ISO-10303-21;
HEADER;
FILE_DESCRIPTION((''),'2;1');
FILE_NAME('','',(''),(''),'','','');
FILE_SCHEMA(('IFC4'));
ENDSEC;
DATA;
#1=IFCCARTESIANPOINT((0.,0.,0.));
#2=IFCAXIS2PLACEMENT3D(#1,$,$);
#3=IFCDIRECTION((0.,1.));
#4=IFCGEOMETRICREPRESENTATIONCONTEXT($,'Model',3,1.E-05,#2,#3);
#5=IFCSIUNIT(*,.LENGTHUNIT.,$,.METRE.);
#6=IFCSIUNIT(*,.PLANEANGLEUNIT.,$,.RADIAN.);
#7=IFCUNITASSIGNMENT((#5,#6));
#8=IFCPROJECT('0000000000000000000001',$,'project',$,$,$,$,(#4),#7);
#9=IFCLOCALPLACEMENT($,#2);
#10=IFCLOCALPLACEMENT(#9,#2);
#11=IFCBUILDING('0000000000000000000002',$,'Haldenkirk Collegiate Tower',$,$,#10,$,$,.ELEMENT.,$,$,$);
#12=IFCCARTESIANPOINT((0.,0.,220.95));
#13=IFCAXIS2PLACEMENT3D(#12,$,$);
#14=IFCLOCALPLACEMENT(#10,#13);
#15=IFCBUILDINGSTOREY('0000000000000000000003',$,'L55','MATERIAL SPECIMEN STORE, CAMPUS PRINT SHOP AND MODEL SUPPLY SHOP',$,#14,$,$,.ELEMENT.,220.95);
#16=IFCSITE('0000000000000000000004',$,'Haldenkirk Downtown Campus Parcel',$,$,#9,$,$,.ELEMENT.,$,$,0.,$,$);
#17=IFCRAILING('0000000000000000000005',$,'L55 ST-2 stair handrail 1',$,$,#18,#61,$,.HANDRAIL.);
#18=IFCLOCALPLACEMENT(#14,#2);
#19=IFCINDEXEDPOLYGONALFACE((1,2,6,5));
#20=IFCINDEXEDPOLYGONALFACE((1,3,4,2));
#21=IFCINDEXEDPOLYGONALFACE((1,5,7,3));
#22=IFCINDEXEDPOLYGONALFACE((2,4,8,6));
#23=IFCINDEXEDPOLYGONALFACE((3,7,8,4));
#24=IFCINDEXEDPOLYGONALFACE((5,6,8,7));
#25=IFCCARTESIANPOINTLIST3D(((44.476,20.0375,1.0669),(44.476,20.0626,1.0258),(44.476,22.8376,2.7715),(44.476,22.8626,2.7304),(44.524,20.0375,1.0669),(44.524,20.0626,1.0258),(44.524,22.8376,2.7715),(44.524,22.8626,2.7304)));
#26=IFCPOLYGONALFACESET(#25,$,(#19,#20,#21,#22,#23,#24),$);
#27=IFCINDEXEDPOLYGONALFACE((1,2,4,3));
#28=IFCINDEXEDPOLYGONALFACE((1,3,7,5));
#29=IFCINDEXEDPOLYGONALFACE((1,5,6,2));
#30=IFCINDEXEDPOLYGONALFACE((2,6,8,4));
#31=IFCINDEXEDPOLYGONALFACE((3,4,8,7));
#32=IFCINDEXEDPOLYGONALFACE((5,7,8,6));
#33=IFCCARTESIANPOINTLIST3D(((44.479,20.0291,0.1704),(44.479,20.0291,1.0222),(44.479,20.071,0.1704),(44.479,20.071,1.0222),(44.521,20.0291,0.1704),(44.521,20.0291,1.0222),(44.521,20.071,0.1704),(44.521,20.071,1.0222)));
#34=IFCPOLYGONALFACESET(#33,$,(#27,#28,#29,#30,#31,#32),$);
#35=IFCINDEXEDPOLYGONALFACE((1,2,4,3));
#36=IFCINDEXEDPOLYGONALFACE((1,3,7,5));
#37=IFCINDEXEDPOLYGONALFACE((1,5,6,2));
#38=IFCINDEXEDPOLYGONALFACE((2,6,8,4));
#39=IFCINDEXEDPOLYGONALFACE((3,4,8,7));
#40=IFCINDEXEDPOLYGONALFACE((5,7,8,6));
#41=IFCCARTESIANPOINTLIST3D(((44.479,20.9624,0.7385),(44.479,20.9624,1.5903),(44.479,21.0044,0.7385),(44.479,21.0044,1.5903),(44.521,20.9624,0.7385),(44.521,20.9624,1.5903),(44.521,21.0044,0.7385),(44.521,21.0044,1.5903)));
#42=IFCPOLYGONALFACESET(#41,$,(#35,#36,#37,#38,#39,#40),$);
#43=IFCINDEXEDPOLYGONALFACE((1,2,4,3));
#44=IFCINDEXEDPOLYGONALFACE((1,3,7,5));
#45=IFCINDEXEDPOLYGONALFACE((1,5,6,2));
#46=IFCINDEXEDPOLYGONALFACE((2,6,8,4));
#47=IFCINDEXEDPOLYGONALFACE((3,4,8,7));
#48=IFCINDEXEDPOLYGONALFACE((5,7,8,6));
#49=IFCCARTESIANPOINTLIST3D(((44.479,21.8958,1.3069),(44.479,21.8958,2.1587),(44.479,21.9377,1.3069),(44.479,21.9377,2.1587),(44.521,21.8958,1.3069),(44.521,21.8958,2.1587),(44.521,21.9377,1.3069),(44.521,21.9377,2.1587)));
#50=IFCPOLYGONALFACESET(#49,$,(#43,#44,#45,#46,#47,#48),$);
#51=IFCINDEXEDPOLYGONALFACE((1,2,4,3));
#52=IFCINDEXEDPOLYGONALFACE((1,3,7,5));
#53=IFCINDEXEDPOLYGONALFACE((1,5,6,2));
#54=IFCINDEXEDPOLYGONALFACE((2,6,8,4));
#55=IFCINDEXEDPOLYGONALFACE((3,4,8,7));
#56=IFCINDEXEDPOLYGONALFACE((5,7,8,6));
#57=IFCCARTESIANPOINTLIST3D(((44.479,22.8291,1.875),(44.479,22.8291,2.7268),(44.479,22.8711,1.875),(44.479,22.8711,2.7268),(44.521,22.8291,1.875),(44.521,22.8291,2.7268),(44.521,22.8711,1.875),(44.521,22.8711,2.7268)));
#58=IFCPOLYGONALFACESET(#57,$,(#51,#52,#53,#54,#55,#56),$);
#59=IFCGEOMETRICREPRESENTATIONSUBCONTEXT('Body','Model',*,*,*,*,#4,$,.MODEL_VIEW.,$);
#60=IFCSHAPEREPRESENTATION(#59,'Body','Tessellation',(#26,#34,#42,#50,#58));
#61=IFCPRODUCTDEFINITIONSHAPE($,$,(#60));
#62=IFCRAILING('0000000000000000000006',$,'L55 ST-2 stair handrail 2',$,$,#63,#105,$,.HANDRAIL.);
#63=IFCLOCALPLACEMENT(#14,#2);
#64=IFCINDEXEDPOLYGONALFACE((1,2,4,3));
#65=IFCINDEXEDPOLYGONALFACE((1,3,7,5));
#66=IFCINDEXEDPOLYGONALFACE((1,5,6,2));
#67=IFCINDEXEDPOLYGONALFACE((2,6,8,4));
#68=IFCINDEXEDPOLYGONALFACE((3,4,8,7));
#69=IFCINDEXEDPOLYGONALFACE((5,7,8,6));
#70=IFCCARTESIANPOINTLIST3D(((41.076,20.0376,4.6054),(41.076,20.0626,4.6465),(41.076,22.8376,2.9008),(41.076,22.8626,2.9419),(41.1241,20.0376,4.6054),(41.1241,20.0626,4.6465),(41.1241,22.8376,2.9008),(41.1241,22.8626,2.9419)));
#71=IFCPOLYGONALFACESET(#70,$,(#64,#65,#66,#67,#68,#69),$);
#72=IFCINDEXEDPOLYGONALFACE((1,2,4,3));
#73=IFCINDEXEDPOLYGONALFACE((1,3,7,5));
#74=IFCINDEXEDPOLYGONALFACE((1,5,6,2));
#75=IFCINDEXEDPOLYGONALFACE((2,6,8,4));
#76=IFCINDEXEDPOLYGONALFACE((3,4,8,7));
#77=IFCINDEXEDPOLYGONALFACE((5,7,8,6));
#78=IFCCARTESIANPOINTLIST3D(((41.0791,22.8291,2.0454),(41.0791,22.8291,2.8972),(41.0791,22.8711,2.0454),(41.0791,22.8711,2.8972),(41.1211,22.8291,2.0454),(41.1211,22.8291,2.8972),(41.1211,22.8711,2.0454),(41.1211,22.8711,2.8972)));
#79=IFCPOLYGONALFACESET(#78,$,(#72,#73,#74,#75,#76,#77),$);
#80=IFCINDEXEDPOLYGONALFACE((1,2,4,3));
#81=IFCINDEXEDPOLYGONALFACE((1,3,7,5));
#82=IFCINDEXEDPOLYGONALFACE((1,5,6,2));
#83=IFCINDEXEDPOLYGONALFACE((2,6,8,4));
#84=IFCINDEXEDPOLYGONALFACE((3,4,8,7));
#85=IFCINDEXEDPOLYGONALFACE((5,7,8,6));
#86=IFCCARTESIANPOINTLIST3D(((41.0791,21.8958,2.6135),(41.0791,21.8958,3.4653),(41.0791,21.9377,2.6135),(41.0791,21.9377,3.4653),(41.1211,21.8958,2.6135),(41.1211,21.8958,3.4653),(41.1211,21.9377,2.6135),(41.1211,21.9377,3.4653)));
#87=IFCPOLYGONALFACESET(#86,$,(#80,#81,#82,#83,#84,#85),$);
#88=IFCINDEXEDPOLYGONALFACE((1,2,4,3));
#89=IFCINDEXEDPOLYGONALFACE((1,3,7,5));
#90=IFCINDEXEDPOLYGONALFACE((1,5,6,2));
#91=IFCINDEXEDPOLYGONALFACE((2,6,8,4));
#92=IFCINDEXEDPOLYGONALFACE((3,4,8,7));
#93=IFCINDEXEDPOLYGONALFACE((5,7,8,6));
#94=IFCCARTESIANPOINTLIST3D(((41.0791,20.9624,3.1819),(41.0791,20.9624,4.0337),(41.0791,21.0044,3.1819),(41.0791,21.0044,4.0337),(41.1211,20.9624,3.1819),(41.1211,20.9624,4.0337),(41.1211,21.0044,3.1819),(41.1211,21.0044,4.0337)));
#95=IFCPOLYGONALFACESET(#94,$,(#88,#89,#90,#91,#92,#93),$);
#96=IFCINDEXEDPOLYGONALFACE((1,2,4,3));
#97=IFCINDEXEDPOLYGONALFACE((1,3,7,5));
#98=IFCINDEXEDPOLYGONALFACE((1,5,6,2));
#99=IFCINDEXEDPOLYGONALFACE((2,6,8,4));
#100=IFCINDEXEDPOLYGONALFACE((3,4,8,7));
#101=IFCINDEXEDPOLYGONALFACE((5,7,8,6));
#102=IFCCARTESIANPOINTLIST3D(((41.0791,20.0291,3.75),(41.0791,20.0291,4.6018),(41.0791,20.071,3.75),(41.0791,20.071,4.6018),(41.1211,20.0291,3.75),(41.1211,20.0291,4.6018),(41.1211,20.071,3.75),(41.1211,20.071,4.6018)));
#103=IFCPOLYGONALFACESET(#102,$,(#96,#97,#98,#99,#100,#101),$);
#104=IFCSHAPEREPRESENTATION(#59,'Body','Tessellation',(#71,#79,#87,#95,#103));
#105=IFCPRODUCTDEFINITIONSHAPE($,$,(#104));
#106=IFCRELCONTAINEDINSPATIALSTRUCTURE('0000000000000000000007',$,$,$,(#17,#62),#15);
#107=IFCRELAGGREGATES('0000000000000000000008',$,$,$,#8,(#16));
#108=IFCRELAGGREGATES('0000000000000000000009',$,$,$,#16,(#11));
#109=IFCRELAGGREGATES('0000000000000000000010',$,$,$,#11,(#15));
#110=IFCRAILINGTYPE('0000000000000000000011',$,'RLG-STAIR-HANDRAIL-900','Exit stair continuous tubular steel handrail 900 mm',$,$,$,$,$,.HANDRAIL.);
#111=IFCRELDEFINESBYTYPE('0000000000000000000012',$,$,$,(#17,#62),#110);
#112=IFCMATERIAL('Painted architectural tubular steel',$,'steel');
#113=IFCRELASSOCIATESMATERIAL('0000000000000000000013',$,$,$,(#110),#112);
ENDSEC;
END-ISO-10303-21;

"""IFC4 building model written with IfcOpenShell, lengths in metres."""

from ifc_helpers import new_model, si_unit, direction, frame, origin, origin_2d, place, context, subcontext, project, spatial, rectangle, extrude, material, type_object, element, save


model = new_model("IFC4")

# Units and contexts
model_context = context("Model", 3, precision=1e-05, world=origin(), true_north=direction((0.0, 1.0)))
body_context = subcontext(model_context, "Body", "Model", "MODEL_VIEW")
ifc_project = project(units=[si_unit("LENGTHUNIT", "METRE"), si_unit("PLANEANGLEUNIT", "RADIAN")], contexts=[model_context])

# Site, building, storey
site_placement = place(None, origin())
site = spatial("IfcSite", under=ifc_project, at=site_placement, Name="Haldenkirk Downtown Campus Parcel", CompositionType="ELEMENT", RefElevation=0.0)
building_placement = place(site_placement, origin())
building = spatial("IfcBuilding", under=site, at=building_placement, Name="Haldenkirk Collegiate Tower", CompositionType="ELEMENT")
storey_placement = place(building_placement, frame((0.0, 0.0, 220.95)))
storey = spatial("IfcBuildingStorey", under=building, at=storey_placement, Name="L55", Description="MATERIAL SPECIMEN STORE, CAMPUS PRINT SHOP AND MODEL SUPPLY SHOP", CompositionType="ELEMENT", Elevation=220.95)

# Railings
ifc_material_1 = material(Name="Painted architectural tubular steel", Category="steel")
railing_type_1 = type_object("IfcRailingType", Name="RLG-STAIR-HANDRAIL-900", Description="Exit stair continuous tubular steel handrail 900 mm", PredefinedType="HANDRAIL", material=ifc_material_1)
railing_1_placement = place(storey_placement, frame((44.5, 20.05, 0.1704)))
element("IfcRailing", 1, at=railing_1_placement, inside=storey, type_object=railing_type_1, Name="L55 ST-2 stair handrail 1", PredefinedType="HANDRAIL", context=body_context, shape_type="SweptSolid", body=[
    extrude(rectangle(XDim=0.0481, YDim=0.0481, at=origin_2d()), frame((0.0, 0.0, 0.876), z_axis=(0.0, 0.85417, 0.519994), x_axis=(-1.0, 0.0, 0.0)), (0.0, 0.0, 1.0), 3.2781),
    extrude(rectangle(XDim=0.042, YDim=0.042, at=origin_2d()), origin(), (0.0, 0.0, 1.0), 0.8518),
    extrude(rectangle(XDim=0.042, YDim=0.042, at=origin_2d()), frame((0.0, 0.9333, 0.5681)), (0.0, 0.0, 1.0), 0.8518),
    extrude(rectangle(XDim=0.042, YDim=0.042, at=origin_2d()), frame((0.0, 1.8667, 1.1365)), (0.0, 0.0, 1.0), 0.8518),
    extrude(rectangle(XDim=0.042, YDim=0.042, at=origin_2d()), frame((0.0, 2.8, 1.7046)), (0.0, 0.0, 1.0), 0.8518),
])
railing_2_placement = place(storey_placement, frame((41.1001, 22.8501, 2.0454)))
element("IfcRailing", 2, at=railing_2_placement, inside=storey, type_object=railing_type_1, Name="L55 ST-2 stair handrail 2", PredefinedType="HANDRAIL", context=body_context, shape_type="SweptSolid", body=[
    extrude(rectangle(XDim=0.0481, YDim=0.0481, at=origin_2d()), frame((0.0, 0.0, 0.876), z_axis=(0.0, -0.85417, 0.519994), x_axis=(1.0, 0.0, 0.0)), (0.0, 0.0, 1.0), 3.2781),
    extrude(rectangle(XDim=0.042, YDim=0.042, at=origin_2d()), origin(), (0.0, 0.0, 1.0), 0.8518),
    extrude(rectangle(XDim=0.042, YDim=0.042, at=origin_2d()), frame((0.0, -0.9333, 0.5681)), (0.0, 0.0, 1.0), 0.8518),
    extrude(rectangle(XDim=0.042, YDim=0.042, at=origin_2d()), frame((0.0, -1.8667, 1.1365)), (0.0, 0.0, 1.0), 0.8518),
    extrude(rectangle(XDim=0.042, YDim=0.042, at=origin_2d()), frame((0.0, -2.8, 1.7046)), (0.0, 0.0, 1.0), 0.8518),
])

save(model, "model.ifc")
